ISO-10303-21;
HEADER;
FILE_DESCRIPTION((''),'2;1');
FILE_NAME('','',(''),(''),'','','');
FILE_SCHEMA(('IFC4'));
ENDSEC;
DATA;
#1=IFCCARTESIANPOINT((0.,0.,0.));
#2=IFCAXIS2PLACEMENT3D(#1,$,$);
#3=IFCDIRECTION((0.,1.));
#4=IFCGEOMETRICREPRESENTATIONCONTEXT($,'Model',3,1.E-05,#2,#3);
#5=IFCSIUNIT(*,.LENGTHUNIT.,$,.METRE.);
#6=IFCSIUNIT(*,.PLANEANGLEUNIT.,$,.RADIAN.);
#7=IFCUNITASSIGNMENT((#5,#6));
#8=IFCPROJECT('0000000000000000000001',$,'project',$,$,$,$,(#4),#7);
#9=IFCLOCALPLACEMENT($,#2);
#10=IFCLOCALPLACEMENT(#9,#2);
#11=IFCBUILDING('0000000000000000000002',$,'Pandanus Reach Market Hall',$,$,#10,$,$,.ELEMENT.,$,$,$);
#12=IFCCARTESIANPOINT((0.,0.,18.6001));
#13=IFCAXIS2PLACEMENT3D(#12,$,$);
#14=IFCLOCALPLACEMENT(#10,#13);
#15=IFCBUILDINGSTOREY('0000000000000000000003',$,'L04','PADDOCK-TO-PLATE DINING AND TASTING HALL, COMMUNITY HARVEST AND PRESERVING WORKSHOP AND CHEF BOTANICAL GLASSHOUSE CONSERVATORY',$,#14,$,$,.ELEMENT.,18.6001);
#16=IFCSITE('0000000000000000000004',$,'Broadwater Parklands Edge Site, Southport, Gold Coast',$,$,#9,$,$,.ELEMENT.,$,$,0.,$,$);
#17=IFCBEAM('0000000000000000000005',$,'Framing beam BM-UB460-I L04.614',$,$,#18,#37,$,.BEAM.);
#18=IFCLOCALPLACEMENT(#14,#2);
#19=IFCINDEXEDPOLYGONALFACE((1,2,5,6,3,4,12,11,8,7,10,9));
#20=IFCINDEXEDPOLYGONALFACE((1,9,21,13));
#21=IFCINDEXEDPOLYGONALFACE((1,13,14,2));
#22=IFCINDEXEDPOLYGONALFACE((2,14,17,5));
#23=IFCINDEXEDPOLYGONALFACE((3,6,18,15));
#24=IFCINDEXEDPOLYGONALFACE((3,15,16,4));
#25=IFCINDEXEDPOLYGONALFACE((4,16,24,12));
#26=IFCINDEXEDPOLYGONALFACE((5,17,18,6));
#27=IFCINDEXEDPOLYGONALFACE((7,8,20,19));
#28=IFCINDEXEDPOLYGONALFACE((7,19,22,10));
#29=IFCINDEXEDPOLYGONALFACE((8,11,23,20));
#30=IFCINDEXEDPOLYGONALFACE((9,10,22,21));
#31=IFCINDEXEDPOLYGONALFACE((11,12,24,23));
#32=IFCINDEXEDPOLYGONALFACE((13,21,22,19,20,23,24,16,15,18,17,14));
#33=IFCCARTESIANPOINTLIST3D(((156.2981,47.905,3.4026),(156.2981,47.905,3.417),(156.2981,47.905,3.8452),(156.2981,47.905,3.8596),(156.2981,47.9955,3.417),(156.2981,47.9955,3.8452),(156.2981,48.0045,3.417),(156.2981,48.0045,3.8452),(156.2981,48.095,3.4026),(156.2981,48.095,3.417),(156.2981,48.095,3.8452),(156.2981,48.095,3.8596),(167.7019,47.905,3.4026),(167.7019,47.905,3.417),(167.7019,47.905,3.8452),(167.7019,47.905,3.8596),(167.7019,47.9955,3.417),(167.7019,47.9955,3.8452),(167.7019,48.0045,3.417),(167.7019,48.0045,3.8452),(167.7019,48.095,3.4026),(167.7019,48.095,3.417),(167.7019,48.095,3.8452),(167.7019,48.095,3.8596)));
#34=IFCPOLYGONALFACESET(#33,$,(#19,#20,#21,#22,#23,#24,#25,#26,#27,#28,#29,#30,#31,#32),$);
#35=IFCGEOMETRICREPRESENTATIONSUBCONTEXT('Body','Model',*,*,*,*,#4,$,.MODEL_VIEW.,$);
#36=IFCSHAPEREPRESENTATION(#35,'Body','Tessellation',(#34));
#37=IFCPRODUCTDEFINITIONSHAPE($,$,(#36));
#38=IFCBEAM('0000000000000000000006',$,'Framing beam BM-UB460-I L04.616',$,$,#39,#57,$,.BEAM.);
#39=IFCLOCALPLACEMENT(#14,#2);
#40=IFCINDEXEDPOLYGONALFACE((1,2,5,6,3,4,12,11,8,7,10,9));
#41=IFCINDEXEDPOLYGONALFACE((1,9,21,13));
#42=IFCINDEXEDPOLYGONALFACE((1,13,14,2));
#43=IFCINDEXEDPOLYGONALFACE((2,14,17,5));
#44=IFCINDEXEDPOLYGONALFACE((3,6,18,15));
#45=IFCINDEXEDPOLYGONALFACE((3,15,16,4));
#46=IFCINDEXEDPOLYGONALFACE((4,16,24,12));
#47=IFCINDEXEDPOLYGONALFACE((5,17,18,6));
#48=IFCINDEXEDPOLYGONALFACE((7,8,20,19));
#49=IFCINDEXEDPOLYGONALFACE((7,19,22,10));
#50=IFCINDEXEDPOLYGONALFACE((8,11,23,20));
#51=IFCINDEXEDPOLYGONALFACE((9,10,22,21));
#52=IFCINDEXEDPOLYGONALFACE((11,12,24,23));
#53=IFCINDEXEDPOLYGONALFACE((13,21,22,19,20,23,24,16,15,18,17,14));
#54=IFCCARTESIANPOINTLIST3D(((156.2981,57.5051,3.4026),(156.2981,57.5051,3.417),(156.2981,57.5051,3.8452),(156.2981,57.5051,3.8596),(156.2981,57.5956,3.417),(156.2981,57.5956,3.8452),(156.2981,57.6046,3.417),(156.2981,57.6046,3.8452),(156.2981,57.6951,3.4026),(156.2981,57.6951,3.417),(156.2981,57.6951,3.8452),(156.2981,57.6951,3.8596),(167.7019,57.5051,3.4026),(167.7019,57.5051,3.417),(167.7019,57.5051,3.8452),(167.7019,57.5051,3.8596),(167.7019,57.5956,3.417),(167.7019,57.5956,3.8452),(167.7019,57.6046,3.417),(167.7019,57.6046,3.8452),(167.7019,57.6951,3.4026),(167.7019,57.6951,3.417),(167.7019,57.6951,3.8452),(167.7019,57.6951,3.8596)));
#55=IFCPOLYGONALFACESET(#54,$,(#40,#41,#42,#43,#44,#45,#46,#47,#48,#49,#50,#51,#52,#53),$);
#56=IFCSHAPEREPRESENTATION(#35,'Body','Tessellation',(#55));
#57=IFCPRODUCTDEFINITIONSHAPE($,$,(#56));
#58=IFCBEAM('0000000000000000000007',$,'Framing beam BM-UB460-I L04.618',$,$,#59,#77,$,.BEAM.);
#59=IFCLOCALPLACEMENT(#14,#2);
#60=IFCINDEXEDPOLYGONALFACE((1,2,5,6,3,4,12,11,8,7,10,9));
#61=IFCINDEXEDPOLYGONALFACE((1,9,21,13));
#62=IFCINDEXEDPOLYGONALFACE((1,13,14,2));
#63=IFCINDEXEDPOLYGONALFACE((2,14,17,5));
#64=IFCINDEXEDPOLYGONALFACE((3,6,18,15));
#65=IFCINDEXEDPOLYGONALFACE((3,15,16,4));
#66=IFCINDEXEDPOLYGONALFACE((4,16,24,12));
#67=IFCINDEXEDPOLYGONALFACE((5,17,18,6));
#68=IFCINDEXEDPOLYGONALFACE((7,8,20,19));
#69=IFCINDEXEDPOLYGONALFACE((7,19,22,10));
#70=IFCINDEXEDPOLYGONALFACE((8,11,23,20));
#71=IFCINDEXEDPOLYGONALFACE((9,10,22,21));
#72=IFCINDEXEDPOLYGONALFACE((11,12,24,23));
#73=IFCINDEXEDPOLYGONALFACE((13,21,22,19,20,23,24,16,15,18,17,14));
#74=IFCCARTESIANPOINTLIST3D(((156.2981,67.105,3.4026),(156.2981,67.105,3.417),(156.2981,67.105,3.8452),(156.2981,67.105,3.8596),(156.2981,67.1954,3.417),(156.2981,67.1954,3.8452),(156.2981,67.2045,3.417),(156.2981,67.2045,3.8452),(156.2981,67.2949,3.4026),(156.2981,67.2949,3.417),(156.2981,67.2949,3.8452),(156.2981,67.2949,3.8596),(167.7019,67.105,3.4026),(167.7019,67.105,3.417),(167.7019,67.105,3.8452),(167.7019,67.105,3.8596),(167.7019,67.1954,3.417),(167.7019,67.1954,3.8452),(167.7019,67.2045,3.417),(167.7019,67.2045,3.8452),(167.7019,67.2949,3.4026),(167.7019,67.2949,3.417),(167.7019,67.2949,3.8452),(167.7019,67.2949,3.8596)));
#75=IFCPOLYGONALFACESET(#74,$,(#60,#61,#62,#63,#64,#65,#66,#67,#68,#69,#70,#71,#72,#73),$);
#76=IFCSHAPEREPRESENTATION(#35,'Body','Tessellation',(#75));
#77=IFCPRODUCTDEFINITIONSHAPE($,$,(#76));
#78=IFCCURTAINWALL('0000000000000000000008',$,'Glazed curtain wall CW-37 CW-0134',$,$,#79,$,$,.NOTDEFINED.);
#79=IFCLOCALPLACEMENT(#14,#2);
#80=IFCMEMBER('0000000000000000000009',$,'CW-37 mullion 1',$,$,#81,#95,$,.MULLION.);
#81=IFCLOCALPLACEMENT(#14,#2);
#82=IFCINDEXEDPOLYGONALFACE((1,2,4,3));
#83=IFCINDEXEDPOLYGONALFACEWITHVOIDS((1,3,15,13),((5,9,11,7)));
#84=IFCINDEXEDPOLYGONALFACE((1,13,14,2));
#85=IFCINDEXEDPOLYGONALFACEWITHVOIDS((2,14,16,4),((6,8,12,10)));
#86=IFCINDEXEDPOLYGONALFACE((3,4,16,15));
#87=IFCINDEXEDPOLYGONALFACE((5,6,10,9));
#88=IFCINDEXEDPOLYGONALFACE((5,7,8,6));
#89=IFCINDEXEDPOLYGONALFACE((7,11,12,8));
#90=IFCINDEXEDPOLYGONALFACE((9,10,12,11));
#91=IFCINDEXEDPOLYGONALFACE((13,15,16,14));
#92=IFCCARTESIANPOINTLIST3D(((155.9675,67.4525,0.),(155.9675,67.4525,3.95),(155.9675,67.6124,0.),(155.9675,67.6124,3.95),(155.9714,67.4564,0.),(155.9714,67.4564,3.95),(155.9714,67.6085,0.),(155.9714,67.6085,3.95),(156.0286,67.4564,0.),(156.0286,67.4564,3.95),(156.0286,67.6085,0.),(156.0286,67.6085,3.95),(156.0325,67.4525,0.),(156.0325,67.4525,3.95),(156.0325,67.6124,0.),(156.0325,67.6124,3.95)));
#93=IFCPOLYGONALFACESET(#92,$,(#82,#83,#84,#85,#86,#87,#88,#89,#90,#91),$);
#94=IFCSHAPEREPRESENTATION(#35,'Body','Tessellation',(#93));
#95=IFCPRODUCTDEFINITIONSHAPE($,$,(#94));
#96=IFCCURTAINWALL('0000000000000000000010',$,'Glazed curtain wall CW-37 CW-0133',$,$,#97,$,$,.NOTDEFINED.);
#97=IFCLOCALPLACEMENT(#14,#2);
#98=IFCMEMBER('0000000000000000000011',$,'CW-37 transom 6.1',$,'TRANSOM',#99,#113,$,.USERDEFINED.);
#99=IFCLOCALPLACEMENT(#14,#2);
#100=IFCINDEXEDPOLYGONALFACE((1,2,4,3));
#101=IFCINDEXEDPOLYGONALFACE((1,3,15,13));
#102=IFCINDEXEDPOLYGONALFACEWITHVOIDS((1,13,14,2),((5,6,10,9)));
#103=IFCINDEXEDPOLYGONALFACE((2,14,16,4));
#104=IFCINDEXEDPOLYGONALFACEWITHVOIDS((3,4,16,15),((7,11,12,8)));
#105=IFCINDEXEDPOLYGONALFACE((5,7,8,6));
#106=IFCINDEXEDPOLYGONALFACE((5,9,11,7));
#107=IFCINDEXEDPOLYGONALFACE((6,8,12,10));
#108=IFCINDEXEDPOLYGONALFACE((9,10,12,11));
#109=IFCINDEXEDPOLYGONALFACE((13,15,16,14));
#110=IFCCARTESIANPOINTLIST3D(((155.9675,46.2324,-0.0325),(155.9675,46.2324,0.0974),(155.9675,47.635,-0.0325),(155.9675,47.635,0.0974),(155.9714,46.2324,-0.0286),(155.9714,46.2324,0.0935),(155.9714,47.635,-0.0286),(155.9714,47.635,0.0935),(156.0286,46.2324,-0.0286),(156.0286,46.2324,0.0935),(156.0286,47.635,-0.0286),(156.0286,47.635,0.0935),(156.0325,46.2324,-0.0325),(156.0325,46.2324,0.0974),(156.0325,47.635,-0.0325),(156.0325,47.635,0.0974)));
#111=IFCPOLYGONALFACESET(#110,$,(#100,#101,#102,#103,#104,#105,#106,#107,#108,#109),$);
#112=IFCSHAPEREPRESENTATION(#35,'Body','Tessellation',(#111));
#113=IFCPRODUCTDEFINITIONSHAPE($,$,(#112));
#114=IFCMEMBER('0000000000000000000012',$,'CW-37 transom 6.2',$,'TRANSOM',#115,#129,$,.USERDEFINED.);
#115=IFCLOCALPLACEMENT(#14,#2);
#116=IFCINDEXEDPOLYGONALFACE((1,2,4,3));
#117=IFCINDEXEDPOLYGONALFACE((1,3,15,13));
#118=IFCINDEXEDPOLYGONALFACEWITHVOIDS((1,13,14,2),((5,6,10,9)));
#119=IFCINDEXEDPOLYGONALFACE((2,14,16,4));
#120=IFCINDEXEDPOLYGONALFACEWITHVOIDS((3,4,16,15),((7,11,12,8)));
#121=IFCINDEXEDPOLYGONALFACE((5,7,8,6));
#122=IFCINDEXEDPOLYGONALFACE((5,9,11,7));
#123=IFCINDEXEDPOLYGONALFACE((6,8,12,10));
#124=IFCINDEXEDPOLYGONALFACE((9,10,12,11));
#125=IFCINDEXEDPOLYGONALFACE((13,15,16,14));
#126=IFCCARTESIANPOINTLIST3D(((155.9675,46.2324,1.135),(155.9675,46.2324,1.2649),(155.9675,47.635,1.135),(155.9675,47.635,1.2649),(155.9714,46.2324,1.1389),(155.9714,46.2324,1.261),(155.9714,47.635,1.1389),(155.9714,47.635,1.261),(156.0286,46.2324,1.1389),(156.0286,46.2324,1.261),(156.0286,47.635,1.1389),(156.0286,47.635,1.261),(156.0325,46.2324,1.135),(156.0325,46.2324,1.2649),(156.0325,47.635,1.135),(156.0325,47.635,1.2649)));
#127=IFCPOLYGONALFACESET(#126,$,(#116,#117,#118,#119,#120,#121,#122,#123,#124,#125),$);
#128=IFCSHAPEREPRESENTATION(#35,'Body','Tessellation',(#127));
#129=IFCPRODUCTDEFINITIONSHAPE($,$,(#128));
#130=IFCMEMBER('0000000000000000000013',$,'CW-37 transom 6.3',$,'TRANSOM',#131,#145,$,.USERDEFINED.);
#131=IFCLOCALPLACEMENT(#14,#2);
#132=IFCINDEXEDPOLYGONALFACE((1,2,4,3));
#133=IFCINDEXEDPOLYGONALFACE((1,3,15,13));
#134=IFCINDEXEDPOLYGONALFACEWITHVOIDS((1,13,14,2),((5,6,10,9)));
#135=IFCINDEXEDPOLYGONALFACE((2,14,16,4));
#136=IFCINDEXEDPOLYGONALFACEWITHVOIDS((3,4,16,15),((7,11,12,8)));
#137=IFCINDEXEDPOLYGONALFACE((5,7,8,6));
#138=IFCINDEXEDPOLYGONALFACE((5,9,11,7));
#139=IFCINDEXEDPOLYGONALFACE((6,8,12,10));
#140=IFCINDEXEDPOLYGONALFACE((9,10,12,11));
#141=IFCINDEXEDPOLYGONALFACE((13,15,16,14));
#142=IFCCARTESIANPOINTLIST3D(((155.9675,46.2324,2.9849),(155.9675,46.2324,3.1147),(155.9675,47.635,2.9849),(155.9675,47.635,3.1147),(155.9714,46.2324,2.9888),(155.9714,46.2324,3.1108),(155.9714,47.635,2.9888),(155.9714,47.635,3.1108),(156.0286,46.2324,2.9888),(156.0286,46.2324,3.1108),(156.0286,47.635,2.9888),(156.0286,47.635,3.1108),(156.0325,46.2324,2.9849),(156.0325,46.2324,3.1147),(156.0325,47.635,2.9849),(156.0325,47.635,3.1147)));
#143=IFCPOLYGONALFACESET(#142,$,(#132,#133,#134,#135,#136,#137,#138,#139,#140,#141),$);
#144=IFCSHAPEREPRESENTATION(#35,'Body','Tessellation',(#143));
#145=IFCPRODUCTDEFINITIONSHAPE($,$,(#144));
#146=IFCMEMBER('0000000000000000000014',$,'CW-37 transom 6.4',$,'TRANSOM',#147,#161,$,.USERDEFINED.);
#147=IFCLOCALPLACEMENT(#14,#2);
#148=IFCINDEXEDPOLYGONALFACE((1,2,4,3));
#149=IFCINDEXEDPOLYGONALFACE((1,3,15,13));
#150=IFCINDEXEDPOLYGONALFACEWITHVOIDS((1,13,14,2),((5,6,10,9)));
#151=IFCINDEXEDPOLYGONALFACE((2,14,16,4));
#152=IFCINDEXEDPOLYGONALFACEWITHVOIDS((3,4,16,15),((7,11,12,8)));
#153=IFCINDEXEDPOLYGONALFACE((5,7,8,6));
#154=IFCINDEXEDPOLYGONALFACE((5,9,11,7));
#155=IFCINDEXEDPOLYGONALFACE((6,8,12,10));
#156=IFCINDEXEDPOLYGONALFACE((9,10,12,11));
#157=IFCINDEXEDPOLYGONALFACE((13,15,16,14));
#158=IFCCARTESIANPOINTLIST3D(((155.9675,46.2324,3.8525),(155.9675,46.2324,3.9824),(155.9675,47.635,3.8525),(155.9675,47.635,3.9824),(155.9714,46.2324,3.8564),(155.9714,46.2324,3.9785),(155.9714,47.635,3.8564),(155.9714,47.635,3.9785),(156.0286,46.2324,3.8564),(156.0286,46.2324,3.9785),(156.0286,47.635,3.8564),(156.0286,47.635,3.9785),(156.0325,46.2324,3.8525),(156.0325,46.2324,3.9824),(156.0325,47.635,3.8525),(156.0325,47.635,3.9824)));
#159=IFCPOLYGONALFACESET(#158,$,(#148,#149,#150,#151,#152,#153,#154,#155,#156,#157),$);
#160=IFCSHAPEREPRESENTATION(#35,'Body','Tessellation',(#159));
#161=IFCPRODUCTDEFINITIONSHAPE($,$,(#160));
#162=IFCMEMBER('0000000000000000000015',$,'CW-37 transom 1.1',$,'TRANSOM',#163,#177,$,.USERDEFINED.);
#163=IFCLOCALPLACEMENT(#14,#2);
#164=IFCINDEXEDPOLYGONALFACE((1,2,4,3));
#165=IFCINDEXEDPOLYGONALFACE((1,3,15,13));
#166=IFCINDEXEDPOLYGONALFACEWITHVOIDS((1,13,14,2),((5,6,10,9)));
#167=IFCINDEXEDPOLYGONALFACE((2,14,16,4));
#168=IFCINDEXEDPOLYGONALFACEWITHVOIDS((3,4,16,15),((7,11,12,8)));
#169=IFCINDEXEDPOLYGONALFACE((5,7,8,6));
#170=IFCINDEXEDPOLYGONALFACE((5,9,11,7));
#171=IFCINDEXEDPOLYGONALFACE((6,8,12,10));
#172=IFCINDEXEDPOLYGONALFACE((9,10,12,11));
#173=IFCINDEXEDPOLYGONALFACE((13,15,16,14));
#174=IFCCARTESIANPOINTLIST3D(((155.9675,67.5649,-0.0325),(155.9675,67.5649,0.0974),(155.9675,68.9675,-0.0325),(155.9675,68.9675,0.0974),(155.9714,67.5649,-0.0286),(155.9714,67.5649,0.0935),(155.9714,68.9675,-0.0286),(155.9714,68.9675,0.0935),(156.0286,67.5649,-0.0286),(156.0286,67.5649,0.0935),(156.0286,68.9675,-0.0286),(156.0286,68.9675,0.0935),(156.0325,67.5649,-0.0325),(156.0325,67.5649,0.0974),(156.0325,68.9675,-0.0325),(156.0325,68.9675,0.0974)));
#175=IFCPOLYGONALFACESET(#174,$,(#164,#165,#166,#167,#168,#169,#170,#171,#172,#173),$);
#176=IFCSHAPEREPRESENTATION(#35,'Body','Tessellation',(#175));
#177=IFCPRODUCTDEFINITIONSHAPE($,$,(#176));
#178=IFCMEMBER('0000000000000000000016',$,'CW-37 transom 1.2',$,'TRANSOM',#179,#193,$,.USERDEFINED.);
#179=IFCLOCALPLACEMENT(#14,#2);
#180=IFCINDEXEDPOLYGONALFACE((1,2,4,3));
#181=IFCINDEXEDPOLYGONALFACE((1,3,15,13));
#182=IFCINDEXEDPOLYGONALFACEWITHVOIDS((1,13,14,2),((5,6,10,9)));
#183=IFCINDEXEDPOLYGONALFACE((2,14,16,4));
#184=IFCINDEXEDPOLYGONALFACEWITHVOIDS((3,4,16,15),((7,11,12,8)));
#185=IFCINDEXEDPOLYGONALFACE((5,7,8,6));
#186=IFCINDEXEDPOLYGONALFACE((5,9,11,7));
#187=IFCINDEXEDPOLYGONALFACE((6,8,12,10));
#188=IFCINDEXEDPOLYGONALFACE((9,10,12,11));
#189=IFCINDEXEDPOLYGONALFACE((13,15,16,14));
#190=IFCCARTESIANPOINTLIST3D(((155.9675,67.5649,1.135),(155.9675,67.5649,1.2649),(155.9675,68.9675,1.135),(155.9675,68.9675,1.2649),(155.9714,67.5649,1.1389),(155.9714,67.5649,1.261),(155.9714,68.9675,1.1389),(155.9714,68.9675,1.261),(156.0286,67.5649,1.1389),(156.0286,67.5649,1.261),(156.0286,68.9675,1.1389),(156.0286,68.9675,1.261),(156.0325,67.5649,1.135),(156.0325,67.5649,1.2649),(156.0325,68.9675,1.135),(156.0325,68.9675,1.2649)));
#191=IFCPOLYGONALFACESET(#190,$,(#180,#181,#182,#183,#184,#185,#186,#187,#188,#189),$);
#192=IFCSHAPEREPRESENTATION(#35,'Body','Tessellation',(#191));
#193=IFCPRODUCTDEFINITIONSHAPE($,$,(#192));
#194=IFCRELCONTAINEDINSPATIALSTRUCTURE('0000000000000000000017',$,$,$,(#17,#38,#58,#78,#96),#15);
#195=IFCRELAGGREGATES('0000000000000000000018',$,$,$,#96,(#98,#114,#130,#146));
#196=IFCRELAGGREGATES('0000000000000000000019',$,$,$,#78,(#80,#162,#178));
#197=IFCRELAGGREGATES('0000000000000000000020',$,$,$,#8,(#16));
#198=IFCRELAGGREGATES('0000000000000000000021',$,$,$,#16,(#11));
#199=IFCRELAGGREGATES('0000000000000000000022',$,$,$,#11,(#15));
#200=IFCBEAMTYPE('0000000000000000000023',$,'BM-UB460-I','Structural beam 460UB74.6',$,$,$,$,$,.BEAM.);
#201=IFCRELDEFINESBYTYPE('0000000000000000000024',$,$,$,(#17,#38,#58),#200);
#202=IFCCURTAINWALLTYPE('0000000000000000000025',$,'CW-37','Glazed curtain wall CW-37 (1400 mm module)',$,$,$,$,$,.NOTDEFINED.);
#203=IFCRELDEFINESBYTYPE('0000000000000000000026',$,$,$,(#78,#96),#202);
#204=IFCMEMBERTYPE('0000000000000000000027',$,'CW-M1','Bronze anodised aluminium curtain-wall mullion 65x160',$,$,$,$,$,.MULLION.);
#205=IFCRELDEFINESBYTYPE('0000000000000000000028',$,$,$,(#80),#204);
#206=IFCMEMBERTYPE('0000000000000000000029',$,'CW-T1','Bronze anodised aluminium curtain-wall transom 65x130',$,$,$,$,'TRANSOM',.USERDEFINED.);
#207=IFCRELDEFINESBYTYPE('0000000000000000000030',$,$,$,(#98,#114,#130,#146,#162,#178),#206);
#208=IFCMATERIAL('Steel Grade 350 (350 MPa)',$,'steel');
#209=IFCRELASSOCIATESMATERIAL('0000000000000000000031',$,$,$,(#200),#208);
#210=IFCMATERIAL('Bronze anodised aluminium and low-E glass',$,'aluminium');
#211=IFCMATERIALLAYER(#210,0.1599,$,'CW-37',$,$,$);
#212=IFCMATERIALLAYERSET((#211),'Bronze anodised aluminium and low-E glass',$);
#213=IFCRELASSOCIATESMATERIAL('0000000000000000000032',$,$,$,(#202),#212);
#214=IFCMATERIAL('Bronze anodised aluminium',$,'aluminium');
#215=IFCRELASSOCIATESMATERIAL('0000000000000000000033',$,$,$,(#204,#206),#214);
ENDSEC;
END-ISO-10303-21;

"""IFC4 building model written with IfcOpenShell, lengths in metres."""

from ifc_helpers import new_model, si_unit, direction, frame, origin, origin_2d, place, context, subcontext, project, spatial, hollow_rectangle, i_section, extrude, material, layer, layer_set, material_profile, profile_set, type_object, element, aggregate, save


model = new_model("IFC4")

# Units and contexts
model_context = context("Model", 3, precision=1e-05, world=origin(), true_north=direction((0.0, 1.0)))
body_context = subcontext(model_context, "Body", "Model", "MODEL_VIEW")
ifc_project = project(units=[si_unit("LENGTHUNIT", "METRE"), si_unit("PLANEANGLEUNIT", "RADIAN")], contexts=[model_context])

# Site, building, storey
site_placement = place(None, origin())
site = spatial("IfcSite", under=ifc_project, at=site_placement, Name="Broadwater Parklands Edge Site, Southport, Gold Coast", CompositionType="ELEMENT", RefElevation=0.0)
building_placement = place(site_placement, origin())
building = spatial("IfcBuilding", under=site, at=building_placement, Name="Pandanus Reach Market Hall", CompositionType="ELEMENT")
storey_placement = place(building_placement, frame((0.0, 0.0, 18.6001)))
storey = spatial("IfcBuildingStorey", under=building, at=storey_placement, Name="L04", Description="PADDOCK-TO-PLATE DINING AND TASTING HALL, COMMUNITY HARVEST AND PRESERVING WORKSHOP AND CHEF BOTANICAL GLASSHOUSE CONSERVATORY", CompositionType="ELEMENT", Elevation=18.6001)

# Beams
ifc_material_1 = material(Name="Steel Grade 350 (350 MPa)", Category="steel")
ifc_material_profile_1 = material_profile(ifc_material_1, i_section(OverallWidth=0.1899, OverallDepth=0.457, WebThickness=0.009, FlangeThickness=0.0144, at=origin_2d()), Name="460UB74.6", Category="LoadBearing")
ifc_profile_set_1 = profile_set([ifc_material_profile_1], Name="Steel Grade 350 (350 MPa)")
beam_type = type_object("IfcBeamType", Name="BM-UB460-I", Description="Structural beam 460UB74.6", PredefinedType="BEAM", material=ifc_profile_set_1)
for number, where, z_axis, x_axis, name in (
    (1, (156.2981, 48.0, 3.6311), (1.0, 0.0, 0.0), (0.0, 1.0, 0.0), "Framing beam BM-UB460-I L04.614"),
    (2, (156.2981, 57.6001, 3.6311), (1.0, 0.0, 0.0), (0.0, 1.0, 0.0), "Framing beam BM-UB460-I L04.616"),
    (3, (156.2981, 67.2, 3.6311), (1.0, 0.0, 0.0), (0.0, 1.0, 0.0), "Framing beam BM-UB460-I L04.618"),
):
    element("IfcBeam", number, at=place(storey_placement, frame(where, z_axis=z_axis, x_axis=x_axis)), inside=storey, type_object=beam_type, Name=name, PredefinedType="BEAM", context=body_context, shape_type="SweptSolid", body=[
        extrude(i_section(OverallWidth=0.1899, OverallDepth=0.457, WebThickness=0.009, FlangeThickness=0.0144, at=origin_2d()), origin(), (0.0, 0.0, 1.0), 11.4038),
    ])

# Curtain wall, member
ifc_material_2 = material(Name="Bronze anodised aluminium and low-E glass", Category="aluminium")
ifc_layer_1 = layer(ifc_material_2, 0.1599, Name="CW-37")
ifc_layer_set_1 = layer_set([ifc_layer_1], Name="Bronze anodised aluminium and low-E glass")
curtain_wall_type = type_object("IfcCurtainWallType", Name="CW-37", Description="Glazed curtain wall CW-37 (1400 mm module)", PredefinedType="NOTDEFINED", material=ifc_layer_set_1)
curtain_wall_1_placement = place(storey_placement, origin())
curtain_wall_1 = element("IfcCurtainWall", 4, at=curtain_wall_1_placement, inside=storey, type_object=curtain_wall_type, Name="Glazed curtain wall CW-37 CW-0134", PredefinedType="NOTDEFINED")
ifc_material_3 = material(Name="Bronze anodised aluminium", Category="aluminium")
ifc_material_profile_2 = material_profile(ifc_material_3, hollow_rectangle(XDim=0.0649, YDim=0.1599, WallThickness=0.0039, at=origin_2d()), Name="ALU65x160", Category="LoadBearing")
ifc_profile_set_2 = profile_set([ifc_material_profile_2], Name="Bronze anodised aluminium")
member_type_1 = type_object("IfcMemberType", Name="CW-M1", Description="Bronze anodised aluminium curtain-wall mullion 65x160", PredefinedType="MULLION", material=ifc_profile_set_2)
member_1_placement = place(storey_placement, frame((156.0, 67.5325, 0.0), z_axis=(0.0, 0.0, 1.0), x_axis=(-1.0, 0.0, 0.0)))
member_1 = element("IfcMember", 5, at=member_1_placement, type_object=member_type_1, Name="CW-37 mullion 1", PredefinedType="MULLION", context=body_context, shape_type="SweptSolid", body=[
    extrude(hollow_rectangle(XDim=0.0649, YDim=0.1599, WallThickness=0.0039, at=origin_2d()), origin(), (0.0, 0.0, 1.0), 3.95),
])

# Curtain wall, members
curtain_wall_2_placement = place(storey_placement, origin())
curtain_wall_2 = element("IfcCurtainWall", 6, at=curtain_wall_2_placement, inside=storey, type_object=curtain_wall_type, Name="Glazed curtain wall CW-37 CW-0133", PredefinedType="NOTDEFINED")
ifc_material_profile_3 = material_profile(ifc_material_3, hollow_rectangle(XDim=0.0649, YDim=0.1299, WallThickness=0.0039, at=origin_2d()), Name="ALU65x130", Category="LoadBearing")
ifc_profile_set_3 = profile_set([ifc_material_profile_3], Name="Bronze anodised aluminium")
member_type_2 = type_object("IfcMemberType", Name="CW-T1", Description="Bronze anodised aluminium curtain-wall transom 65x130", ElementType="TRANSOM", PredefinedType="USERDEFINED", material=ifc_profile_set_3)
member_2_placement = place(storey_placement, frame((156.0, 46.2324, 0.0325), z_axis=(0.0, 1.0, 0.0), x_axis=(-1.0, 0.0, 0.0)))
member_2 = element("IfcMember", 7, at=member_2_placement, type_object=member_type_2, Name="CW-37 transom 6.1", ObjectType="TRANSOM", PredefinedType="USERDEFINED", context=body_context, shape_type="SweptSolid", body=[
    extrude(hollow_rectangle(XDim=0.0649, YDim=0.1299, WallThickness=0.0039, at=origin_2d()), origin(), (0.0, 0.0, 1.0), 1.4026),
])
member_3_placement = place(storey_placement, frame((156.0, 46.2324, 1.2), z_axis=(0.0, 1.0, 0.0), x_axis=(-1.0, 0.0, 0.0)))
member_3 = element("IfcMember", 8, at=member_3_placement, type_object=member_type_2, Name="CW-37 transom 6.2", ObjectType="TRANSOM", PredefinedType="USERDEFINED", context=body_context, shape_type="SweptSolid", body=[
    extrude(hollow_rectangle(XDim=0.0649, YDim=0.1299, WallThickness=0.0039, at=origin_2d()), origin(), (0.0, 0.0, 1.0), 1.4026),
])
member_4_placement = place(storey_placement, frame((156.0, 46.2324, 3.0498), z_axis=(0.0, 1.0, 0.0), x_axis=(-1.0, 0.0, 0.0)))
member_4 = element("IfcMember", 9, at=member_4_placement, type_object=member_type_2, Name="CW-37 transom 6.3", ObjectType="TRANSOM", PredefinedType="USERDEFINED", context=body_context, shape_type="SweptSolid", body=[
    extrude(hollow_rectangle(XDim=0.0649, YDim=0.1299, WallThickness=0.0039, at=origin_2d()), origin(), (0.0, 0.0, 1.0), 1.4026),
])
member_5_placement = place(storey_placement, frame((156.0, 46.2324, 3.9175), z_axis=(0.0, 1.0, 0.0), x_axis=(-1.0, 0.0, 0.0)))
member_5 = element("IfcMember", 10, at=member_5_placement, type_object=member_type_2, Name="CW-37 transom 6.4", ObjectType="TRANSOM", PredefinedType="USERDEFINED", context=body_context, shape_type="SweptSolid", body=[
    extrude(hollow_rectangle(XDim=0.0649, YDim=0.1299, WallThickness=0.0039, at=origin_2d()), origin(), (0.0, 0.0, 1.0), 1.4026),
])

# Members
member_6_placement = place(storey_placement, frame((156.0, 67.5649, 0.0325), z_axis=(0.0, 1.0, 0.0), x_axis=(-1.0, 0.0, 0.0)))
member_6 = element("IfcMember", 11, at=member_6_placement, type_object=member_type_2, Name="CW-37 transom 1.1", ObjectType="TRANSOM", PredefinedType="USERDEFINED", context=body_context, shape_type="SweptSolid", body=[
    extrude(hollow_rectangle(XDim=0.0649, YDim=0.1299, WallThickness=0.0039, at=origin_2d()), origin(), (0.0, 0.0, 1.0), 1.4026),
])
member_7_placement = place(storey_placement, frame((156.0, 67.5649, 1.2), z_axis=(0.0, 1.0, 0.0), x_axis=(-1.0, 0.0, 0.0)))
member_7 = element("IfcMember", 12, at=member_7_placement, type_object=member_type_2, Name="CW-37 transom 1.2", ObjectType="TRANSOM", PredefinedType="USERDEFINED", context=body_context, shape_type="SweptSolid", body=[
    extrude(hollow_rectangle(XDim=0.0649, YDim=0.1299, WallThickness=0.0039, at=origin_2d()), origin(), (0.0, 0.0, 1.0), 1.4026),
])

aggregate(curtain_wall_2, [member_2, member_3, member_4, member_5])
aggregate(curtain_wall_1, [member_1, member_6, member_7])

save(model, "model.ifc")
